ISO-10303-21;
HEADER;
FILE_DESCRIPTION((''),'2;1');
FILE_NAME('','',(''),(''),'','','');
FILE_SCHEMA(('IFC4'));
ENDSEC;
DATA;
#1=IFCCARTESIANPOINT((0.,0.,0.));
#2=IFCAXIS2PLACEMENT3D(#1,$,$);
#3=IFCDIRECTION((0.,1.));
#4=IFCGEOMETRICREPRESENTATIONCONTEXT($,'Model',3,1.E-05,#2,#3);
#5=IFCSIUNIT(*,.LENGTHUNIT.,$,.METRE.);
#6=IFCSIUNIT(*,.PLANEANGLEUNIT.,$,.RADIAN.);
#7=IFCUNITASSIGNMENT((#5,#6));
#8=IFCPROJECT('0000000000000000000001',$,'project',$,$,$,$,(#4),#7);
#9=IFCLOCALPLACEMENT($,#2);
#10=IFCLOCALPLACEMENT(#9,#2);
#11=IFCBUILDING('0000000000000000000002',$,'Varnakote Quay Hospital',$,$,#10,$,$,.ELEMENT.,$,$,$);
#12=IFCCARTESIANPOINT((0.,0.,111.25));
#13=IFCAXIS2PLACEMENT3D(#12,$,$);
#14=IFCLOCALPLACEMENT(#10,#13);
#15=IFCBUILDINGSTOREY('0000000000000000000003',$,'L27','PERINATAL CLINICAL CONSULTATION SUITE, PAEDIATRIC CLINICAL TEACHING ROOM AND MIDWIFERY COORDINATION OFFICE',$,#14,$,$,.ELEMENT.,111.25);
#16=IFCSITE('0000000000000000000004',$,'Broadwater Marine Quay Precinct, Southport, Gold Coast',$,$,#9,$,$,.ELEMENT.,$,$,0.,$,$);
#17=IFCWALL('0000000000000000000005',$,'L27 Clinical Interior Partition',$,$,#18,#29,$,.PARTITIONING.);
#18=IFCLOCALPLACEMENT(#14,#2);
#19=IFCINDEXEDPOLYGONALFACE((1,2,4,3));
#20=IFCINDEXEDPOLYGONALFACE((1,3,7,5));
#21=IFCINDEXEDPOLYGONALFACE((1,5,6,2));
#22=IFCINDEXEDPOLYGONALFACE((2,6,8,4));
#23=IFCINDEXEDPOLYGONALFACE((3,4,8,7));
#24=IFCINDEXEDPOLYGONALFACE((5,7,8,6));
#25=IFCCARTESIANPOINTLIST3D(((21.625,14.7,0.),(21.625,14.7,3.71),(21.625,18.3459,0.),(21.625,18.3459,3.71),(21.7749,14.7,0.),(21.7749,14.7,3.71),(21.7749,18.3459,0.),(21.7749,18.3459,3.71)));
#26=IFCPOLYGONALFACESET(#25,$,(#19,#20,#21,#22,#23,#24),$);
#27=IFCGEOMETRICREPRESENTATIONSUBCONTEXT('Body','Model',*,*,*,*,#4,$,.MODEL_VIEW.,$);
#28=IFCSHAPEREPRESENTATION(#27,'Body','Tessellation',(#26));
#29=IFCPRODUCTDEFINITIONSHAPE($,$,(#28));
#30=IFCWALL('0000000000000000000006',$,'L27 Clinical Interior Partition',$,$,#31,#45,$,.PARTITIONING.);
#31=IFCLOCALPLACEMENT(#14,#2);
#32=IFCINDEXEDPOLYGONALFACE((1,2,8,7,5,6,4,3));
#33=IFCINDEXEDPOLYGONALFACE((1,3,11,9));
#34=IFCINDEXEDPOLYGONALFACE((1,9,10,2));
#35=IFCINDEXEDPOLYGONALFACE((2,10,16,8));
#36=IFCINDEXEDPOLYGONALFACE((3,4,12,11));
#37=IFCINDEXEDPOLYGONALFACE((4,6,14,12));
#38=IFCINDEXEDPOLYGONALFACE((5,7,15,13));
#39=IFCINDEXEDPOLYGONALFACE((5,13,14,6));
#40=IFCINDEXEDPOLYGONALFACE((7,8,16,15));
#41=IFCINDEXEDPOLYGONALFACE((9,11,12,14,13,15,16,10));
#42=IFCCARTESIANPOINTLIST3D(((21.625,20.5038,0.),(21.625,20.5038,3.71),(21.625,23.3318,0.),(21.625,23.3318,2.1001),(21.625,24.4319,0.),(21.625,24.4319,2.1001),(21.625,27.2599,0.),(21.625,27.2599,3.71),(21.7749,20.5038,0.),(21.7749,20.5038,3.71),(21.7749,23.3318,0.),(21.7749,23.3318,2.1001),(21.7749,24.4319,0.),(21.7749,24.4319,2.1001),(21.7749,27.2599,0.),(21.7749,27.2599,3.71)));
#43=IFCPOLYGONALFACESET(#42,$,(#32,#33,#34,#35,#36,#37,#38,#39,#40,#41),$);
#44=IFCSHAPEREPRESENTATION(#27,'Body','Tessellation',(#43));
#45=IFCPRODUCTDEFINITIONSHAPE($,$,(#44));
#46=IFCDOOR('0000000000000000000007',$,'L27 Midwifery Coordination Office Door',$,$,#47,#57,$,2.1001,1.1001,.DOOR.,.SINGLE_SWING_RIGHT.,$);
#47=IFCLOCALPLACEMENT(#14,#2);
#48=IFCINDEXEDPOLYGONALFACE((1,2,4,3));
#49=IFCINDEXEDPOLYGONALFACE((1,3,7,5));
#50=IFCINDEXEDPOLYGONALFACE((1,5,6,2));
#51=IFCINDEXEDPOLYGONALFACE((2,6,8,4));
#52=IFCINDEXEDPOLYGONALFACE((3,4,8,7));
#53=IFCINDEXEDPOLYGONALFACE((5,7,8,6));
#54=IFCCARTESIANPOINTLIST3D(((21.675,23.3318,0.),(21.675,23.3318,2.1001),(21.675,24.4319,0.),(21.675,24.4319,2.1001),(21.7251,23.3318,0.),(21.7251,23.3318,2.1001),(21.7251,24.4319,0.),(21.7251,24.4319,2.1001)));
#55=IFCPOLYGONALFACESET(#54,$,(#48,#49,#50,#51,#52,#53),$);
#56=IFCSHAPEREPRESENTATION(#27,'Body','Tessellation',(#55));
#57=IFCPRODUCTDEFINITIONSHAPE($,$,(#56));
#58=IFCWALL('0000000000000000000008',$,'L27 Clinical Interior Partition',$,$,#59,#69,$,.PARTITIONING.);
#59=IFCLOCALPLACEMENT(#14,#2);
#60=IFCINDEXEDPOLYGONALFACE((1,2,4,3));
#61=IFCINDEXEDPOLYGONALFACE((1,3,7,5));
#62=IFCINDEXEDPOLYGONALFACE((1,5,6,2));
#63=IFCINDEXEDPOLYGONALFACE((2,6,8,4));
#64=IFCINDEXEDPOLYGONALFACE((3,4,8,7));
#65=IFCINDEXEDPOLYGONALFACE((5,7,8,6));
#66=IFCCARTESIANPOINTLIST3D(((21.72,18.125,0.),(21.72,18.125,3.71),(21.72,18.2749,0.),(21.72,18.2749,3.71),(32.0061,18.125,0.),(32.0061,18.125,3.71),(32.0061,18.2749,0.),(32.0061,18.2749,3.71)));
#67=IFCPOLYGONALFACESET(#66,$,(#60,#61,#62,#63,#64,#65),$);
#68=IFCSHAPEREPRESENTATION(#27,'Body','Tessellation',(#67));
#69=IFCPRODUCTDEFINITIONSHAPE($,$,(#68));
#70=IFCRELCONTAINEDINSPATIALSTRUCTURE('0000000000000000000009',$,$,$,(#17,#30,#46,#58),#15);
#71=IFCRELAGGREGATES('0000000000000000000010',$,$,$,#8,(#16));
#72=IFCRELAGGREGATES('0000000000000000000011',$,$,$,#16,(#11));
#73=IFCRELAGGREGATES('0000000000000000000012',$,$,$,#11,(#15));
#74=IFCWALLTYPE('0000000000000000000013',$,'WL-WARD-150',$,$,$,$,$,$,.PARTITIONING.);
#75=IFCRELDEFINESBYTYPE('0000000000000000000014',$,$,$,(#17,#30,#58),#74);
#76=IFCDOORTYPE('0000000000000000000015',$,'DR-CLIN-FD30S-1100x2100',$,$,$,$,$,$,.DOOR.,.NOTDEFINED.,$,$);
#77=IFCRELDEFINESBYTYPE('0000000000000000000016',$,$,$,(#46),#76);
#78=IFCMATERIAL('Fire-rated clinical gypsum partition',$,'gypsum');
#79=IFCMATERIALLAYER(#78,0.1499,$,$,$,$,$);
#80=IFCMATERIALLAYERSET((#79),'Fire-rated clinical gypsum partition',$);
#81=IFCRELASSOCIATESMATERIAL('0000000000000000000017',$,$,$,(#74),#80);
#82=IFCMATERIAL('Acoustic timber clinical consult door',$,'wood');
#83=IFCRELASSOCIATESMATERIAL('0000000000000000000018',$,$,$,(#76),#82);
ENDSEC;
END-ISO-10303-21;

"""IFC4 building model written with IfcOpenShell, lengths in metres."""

from ifc_helpers import new_model, si_unit, direction, frame, frame_2d, origin, place, context, subcontext, project, spatial, rectangle, extrude, material, layer, layer_set, type_object, element, fill, save


model = new_model("IFC4")

# Units and contexts
model_context = context("Model", 3, precision=1e-05, world=origin(), true_north=direction((0.0, 1.0)))
body_context = subcontext(model_context, "Body", "Model", "MODEL_VIEW")
ifc_project = project(units=[si_unit("LENGTHUNIT", "METRE"), si_unit("PLANEANGLEUNIT", "RADIAN")], contexts=[model_context])

# Site, building, storey
site_placement = place(None, origin())
site = spatial("IfcSite", under=ifc_project, at=site_placement, Name="Broadwater Marine Quay Precinct, Southport, Gold Coast", CompositionType="ELEMENT", RefElevation=0.0)
building_placement = place(site_placement, origin())
building = spatial("IfcBuilding", under=site, at=building_placement, Name="Varnakote Quay Hospital", CompositionType="ELEMENT")
storey_placement = place(building_placement, frame((0.0, 0.0, 111.25)))
storey = spatial("IfcBuildingStorey", under=building, at=storey_placement, Name="L27", Description="PERINATAL CLINICAL CONSULTATION SUITE, PAEDIATRIC CLINICAL TEACHING ROOM AND MIDWIFERY COORDINATION OFFICE", CompositionType="ELEMENT", Elevation=111.25)

# Shared definitions
ifc_material_1 = material(Name="Fire-rated clinical gypsum partition", Category="gypsum")
ifc_layer_1 = layer(ifc_material_1, 0.1499)
ifc_layer_set_1 = layer_set([ifc_layer_1], Name="Fire-rated clinical gypsum partition")
wall_type_1 = type_object("IfcWallType", Name="WL-WARD-150", PredefinedType="PARTITIONING", material=ifc_layer_set_1)
ifc_material_2 = material(Name="Acoustic timber clinical consult door", Category="wood")
door_type_1 = type_object("IfcDoorType", Name="DR-CLIN-FD30S-1100x2100", OperationType="NOTDEFINED", PredefinedType="DOOR", material=ifc_material_2)

# Wall
wall_1_placement = place(storey_placement, frame((21.7, 14.7, 0.0), z_axis=(0.0, 0.0, 1.0), x_axis=(0.0, 1.0, 0.0)))
element("IfcWall", 1, at=wall_1_placement, inside=storey, type_object=wall_type_1, Name="L27 Clinical Interior Partition", PredefinedType="PARTITIONING", context=body_context, shape_type="SweptSolid", body=[
    extrude(rectangle(XDim=3.646, YDim=0.1499, at=frame_2d((1.823, 0.0))), origin(), (0.0, 0.0, 1.0), 3.71),
])

# Wall, opening, door
wall_2_placement = place(storey_placement, frame((21.7, 20.5039, 0.0), z_axis=(0.0, 0.0, 1.0), x_axis=(0.0, 1.0, 0.0)))
wall_2 = element("IfcWall", 2, at=wall_2_placement, inside=storey, type_object=wall_type_1, Name="L27 Clinical Interior Partition", PredefinedType="PARTITIONING", context=body_context, shape_type="SweptSolid", body=[
    extrude(rectangle(XDim=6.7561, YDim=0.1499, at=frame_2d((3.3779, 0.0))), origin(), (0.0, 0.0, 1.0), 3.71),
])
opening_1_placement = place(wall_2_placement, frame((2.8279, 0.0, 0.0)))
opening_1 = element("IfcOpeningElement", 3, at=opening_1_placement, cuts=wall_2, PredefinedType="OPENING", context=body_context, shape_type="SweptSolid", body=[
    extrude(rectangle(XDim=1.1001, YDim=2.1001, at=frame_2d((0.55, 1.05))), frame((0.0, 0.085, 0.0), z_axis=(0.0, -1.0, 0.0), x_axis=(1.0, 0.0, 0.0)), (0.0, 0.0, 1.0), 0.1699),
])
door_1_placement = place(opening_1_placement, origin())
door_1 = element("IfcDoor", 4, at=door_1_placement, inside=storey, type_object=door_type_1, Name="L27 Midwifery Coordination Office Door", OperationType="SINGLE_SWING_RIGHT", OverallHeight=2.1001, OverallWidth=1.1001, PredefinedType="DOOR", context=body_context, shape_type="SweptSolid", body=[
    extrude(rectangle(XDim=1.1001, YDim=2.1001, at=frame_2d((0.55, 1.05))), frame((0.0, 0.0249, 0.0), z_axis=(0.0, -1.0, 0.0), x_axis=(1.0, 0.0, 0.0)), (0.0, 0.0, 1.0), 0.05),
])
fill(opening_1, door_1)

# Wall
wall_3_placement = place(storey_placement, frame((21.72, 18.2, 0.0), z_axis=(0.0, 0.0, 1.0), x_axis=(1.0, 0.0, 0.0)))
element("IfcWall", 5, at=wall_3_placement, inside=storey, type_object=wall_type_1, Name="L27 Clinical Interior Partition", PredefinedType="PARTITIONING", context=body_context, shape_type="SweptSolid", body=[
    extrude(rectangle(XDim=10.2861, YDim=0.1499, at=frame_2d((5.1431, 0.0))), origin(), (0.0, 0.0, 1.0), 3.71),
])

save(model, "model.ifc")
